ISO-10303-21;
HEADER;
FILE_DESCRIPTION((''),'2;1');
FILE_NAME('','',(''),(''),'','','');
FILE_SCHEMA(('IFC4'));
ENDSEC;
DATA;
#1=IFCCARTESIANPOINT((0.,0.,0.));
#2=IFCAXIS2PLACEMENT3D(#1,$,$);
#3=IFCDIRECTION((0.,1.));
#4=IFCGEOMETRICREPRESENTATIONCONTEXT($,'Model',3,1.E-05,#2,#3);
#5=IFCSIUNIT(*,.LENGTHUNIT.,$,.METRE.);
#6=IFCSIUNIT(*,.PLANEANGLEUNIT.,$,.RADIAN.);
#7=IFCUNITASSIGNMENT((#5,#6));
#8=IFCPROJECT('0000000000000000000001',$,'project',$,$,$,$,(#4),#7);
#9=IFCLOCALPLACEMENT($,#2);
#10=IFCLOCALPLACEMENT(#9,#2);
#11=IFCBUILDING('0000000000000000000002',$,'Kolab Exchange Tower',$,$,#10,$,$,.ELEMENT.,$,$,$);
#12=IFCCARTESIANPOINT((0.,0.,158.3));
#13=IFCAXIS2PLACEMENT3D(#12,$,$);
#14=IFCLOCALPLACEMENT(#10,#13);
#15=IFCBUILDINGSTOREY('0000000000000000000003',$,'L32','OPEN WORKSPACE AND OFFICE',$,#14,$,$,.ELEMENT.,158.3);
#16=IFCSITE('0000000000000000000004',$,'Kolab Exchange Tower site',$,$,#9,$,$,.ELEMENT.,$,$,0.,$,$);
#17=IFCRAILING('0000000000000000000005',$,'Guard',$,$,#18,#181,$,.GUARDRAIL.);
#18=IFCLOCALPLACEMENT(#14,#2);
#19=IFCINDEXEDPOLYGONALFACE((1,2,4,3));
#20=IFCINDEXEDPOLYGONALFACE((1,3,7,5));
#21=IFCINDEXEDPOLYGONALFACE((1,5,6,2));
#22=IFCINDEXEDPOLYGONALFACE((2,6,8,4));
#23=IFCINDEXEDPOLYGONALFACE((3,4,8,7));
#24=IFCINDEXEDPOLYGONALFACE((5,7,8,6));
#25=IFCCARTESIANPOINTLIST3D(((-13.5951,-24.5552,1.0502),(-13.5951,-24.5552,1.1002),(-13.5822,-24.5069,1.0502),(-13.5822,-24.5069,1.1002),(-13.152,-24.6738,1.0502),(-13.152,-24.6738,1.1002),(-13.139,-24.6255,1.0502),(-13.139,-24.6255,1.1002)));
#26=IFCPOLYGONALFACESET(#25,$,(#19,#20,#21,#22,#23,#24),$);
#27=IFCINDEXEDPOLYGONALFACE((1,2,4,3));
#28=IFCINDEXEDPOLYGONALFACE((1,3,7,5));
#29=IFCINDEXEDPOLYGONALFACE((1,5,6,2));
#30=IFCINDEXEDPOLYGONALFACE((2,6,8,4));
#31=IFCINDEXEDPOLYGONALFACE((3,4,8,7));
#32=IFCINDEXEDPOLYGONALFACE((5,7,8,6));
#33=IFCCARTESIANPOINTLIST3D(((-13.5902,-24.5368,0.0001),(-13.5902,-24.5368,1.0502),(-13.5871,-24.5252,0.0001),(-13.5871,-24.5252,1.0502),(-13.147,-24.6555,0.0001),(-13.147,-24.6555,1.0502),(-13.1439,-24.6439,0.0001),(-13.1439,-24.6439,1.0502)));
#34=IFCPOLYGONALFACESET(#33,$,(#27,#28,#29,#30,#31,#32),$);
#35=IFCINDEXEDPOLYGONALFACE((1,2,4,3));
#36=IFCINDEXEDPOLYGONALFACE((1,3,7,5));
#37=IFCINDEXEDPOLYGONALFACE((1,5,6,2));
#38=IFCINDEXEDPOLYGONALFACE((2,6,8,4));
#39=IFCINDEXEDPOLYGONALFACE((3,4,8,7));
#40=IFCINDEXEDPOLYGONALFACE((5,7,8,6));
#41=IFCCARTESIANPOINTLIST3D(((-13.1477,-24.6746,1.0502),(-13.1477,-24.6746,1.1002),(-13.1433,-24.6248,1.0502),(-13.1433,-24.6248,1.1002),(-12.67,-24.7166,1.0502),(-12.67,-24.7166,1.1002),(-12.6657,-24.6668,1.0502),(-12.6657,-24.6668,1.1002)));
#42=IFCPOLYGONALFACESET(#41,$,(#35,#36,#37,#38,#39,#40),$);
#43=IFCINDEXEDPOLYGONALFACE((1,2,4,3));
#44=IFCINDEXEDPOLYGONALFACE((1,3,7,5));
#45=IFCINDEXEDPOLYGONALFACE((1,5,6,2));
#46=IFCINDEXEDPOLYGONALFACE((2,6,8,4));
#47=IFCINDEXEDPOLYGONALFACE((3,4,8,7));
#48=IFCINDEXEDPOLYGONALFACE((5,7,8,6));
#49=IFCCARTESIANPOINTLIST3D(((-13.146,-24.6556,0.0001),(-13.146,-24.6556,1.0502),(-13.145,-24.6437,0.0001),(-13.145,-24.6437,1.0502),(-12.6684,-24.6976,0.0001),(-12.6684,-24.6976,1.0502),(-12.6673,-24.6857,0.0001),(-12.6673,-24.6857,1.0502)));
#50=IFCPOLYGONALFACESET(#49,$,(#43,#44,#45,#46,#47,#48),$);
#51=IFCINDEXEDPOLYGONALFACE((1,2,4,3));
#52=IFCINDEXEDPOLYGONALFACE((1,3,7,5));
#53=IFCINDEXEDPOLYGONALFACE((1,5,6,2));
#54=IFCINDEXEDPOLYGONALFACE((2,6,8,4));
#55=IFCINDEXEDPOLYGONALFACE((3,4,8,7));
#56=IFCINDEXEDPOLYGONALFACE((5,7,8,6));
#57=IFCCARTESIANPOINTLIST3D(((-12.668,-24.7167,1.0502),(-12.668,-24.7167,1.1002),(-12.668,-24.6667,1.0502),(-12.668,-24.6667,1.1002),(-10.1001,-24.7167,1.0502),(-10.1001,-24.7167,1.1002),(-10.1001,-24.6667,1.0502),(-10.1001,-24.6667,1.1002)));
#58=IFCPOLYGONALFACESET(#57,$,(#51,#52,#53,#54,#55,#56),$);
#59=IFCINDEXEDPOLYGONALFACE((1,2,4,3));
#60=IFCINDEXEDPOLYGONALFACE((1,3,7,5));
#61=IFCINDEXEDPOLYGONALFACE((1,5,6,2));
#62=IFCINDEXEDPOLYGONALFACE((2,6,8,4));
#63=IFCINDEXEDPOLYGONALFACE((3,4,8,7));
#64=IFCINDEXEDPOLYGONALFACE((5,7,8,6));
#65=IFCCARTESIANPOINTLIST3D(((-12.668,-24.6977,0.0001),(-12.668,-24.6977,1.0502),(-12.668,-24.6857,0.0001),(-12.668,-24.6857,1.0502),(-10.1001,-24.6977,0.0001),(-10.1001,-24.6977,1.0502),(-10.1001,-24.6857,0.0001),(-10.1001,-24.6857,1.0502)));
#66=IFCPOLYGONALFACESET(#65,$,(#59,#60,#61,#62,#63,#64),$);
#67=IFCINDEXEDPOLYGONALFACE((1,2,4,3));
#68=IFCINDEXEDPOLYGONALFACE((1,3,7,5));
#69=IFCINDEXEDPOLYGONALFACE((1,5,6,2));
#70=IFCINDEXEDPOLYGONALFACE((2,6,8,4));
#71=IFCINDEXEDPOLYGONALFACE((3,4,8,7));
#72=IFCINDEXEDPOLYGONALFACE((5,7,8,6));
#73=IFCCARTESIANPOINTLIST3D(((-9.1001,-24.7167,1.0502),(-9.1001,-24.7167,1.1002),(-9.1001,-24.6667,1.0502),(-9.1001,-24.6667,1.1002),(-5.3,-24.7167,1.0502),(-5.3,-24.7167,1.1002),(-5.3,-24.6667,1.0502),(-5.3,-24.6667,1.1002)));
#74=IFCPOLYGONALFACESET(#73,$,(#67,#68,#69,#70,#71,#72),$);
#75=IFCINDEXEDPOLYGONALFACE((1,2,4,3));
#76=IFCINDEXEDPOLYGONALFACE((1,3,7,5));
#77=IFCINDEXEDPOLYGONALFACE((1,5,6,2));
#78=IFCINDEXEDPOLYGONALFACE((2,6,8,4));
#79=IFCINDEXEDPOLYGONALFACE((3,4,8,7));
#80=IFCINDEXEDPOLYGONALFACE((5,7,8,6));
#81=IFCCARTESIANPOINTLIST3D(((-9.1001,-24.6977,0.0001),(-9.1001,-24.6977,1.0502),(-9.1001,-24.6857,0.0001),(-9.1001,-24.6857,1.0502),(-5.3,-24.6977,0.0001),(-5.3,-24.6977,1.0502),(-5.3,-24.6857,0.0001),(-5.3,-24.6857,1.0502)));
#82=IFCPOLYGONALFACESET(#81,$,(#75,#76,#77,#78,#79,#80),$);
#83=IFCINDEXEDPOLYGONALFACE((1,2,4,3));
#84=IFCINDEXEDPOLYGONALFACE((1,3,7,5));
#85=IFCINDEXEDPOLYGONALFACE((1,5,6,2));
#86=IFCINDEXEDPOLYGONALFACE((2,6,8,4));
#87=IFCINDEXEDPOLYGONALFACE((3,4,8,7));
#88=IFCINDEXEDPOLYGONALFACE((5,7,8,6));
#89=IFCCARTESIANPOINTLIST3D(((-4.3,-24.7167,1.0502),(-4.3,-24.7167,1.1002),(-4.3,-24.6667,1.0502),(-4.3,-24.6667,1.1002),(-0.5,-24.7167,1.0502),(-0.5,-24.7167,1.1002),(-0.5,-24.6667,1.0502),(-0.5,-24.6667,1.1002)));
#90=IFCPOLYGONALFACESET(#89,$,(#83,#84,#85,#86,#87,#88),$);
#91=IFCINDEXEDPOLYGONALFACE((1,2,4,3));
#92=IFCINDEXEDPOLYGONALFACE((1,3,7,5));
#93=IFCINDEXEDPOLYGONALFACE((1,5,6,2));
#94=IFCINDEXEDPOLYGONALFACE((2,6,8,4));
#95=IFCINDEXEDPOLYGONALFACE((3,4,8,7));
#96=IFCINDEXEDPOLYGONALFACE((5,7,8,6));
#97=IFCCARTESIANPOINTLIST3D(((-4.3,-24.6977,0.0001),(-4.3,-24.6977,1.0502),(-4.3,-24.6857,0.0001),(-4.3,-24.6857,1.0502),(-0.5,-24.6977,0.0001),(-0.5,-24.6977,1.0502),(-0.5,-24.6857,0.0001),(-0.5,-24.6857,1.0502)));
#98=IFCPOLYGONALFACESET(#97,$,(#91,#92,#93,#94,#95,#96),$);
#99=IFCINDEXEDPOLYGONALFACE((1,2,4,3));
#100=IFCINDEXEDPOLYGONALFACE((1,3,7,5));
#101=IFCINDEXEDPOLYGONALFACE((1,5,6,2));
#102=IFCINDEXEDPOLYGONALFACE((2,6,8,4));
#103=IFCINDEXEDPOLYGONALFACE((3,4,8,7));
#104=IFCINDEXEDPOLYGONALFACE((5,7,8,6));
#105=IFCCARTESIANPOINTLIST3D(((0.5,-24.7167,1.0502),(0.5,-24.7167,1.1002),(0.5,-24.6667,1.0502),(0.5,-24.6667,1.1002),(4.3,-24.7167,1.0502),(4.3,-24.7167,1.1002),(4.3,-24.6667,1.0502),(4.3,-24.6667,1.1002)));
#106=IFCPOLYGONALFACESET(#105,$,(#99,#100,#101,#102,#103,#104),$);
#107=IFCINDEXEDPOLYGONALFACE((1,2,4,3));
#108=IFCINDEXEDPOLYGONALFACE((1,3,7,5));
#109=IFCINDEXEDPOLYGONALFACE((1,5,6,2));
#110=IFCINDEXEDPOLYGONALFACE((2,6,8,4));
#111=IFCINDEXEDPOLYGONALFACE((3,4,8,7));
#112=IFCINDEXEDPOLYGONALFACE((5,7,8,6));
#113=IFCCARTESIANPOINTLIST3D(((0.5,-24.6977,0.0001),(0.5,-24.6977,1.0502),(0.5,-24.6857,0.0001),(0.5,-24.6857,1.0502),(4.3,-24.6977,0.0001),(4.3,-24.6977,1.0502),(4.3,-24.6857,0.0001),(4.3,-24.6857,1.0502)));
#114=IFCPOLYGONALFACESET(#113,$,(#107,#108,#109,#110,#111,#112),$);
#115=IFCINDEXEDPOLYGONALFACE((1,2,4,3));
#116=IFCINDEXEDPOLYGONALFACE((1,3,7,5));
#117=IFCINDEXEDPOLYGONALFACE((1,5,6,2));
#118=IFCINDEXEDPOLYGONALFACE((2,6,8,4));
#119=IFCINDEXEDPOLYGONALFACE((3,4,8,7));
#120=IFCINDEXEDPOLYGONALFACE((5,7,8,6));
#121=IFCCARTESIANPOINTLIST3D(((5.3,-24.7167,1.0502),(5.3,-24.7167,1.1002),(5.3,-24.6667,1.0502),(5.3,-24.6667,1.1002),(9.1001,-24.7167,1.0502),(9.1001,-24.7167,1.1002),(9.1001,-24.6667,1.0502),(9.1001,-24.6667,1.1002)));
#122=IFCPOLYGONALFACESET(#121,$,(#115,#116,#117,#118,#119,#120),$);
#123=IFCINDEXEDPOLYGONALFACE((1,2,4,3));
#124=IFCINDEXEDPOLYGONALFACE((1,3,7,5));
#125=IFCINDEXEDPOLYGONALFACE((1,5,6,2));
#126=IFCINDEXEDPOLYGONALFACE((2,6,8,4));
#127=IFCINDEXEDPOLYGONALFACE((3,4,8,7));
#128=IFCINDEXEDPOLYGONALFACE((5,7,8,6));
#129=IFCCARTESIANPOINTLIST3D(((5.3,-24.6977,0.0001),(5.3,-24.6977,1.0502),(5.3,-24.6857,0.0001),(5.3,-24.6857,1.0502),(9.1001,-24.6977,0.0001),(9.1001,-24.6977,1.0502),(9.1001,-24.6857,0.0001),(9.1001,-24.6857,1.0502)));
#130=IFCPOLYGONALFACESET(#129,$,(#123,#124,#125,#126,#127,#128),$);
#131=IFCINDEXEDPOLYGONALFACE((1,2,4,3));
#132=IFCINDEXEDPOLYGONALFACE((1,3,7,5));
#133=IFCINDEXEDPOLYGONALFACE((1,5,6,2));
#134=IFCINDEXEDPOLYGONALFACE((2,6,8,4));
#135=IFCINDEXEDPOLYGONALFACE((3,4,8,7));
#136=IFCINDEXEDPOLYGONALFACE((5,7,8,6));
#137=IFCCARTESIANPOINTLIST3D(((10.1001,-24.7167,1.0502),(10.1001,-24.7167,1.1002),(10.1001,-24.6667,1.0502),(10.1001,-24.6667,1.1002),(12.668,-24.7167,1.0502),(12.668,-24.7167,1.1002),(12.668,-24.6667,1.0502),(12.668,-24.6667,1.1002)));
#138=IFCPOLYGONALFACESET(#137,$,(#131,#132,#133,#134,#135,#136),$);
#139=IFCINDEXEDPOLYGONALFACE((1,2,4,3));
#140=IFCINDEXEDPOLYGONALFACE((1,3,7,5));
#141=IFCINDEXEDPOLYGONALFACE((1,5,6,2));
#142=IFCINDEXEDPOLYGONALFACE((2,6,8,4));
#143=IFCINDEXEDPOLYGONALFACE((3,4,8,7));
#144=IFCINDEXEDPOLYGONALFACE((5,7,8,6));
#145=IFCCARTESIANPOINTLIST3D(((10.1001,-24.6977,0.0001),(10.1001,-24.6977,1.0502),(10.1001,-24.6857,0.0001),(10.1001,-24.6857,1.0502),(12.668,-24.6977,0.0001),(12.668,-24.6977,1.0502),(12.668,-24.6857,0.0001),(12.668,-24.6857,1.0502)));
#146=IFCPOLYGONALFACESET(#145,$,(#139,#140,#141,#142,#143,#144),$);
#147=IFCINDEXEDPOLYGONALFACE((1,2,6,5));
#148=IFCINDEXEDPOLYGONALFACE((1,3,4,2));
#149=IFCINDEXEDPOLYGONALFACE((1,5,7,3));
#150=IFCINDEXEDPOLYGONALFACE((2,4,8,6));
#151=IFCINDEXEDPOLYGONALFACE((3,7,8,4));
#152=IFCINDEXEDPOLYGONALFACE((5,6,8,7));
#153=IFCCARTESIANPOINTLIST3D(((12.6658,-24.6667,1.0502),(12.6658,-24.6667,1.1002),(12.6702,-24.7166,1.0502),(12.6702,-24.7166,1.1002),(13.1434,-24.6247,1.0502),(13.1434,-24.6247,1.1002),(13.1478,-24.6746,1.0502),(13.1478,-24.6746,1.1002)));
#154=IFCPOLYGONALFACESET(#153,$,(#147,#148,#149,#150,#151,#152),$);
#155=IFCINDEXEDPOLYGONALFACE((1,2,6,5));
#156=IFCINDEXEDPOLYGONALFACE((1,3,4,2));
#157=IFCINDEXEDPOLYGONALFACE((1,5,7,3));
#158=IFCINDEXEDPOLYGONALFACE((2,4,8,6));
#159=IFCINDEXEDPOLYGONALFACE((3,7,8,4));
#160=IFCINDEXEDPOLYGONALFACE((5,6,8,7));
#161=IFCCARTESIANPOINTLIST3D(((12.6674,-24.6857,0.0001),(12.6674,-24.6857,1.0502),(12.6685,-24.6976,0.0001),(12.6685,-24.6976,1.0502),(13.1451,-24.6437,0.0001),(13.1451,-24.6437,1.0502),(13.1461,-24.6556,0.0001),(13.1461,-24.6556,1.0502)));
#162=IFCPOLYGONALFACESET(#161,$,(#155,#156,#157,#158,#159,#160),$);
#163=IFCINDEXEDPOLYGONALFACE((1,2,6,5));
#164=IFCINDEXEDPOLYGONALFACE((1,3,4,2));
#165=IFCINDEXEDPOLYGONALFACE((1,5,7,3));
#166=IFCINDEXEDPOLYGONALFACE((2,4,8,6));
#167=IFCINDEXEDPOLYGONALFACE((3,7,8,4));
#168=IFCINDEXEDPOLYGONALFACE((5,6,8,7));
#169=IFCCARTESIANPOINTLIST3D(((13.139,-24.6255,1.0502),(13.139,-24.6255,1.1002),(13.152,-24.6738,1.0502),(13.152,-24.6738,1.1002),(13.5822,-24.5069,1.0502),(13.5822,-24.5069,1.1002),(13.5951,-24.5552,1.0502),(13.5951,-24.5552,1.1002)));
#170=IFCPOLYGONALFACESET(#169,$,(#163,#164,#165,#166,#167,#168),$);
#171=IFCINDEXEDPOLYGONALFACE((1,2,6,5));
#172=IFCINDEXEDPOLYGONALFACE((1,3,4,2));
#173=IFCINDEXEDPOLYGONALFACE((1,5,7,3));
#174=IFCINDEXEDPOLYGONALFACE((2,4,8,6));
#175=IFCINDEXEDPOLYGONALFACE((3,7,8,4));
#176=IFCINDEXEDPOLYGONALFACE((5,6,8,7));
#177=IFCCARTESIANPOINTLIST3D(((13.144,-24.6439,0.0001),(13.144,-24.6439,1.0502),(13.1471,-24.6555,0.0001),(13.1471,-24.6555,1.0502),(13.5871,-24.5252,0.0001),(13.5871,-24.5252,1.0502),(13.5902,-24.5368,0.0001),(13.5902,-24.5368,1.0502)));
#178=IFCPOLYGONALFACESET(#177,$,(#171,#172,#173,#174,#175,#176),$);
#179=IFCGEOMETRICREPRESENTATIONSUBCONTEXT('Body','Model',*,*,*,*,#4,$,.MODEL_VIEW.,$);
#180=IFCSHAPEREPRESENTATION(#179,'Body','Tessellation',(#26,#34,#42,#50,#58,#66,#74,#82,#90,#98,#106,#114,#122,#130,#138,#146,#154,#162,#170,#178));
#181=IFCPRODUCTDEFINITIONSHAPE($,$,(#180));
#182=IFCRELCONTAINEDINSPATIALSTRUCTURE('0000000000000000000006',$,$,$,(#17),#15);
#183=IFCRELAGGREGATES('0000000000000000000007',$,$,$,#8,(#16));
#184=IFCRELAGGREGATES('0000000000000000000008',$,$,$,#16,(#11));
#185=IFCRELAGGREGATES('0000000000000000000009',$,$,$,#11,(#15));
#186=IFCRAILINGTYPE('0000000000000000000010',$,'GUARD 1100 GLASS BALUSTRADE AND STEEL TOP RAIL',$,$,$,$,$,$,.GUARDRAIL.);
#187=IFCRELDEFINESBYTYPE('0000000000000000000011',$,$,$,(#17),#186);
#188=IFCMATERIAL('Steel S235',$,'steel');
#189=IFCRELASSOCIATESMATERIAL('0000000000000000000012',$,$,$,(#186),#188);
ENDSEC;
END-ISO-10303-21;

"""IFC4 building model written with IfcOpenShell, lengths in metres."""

from ifc_helpers import new_model, si_unit, direction, frame, frame_2d, origin, origin_2d, place, context, subcontext, project, spatial, rectangle, extrude, material, type_object, element, save


model = new_model("IFC4")

# Units and contexts
model_context = context("Model", 3, precision=1e-05, world=origin(), true_north=direction((0.0, 1.0)))
body_context = subcontext(model_context, "Body", "Model", "MODEL_VIEW")
ifc_project = project(units=[si_unit("LENGTHUNIT", "METRE"), si_unit("PLANEANGLEUNIT", "RADIAN")], contexts=[model_context])

# Site, building, storey
site_placement = place(None, origin())
site = spatial("IfcSite", under=ifc_project, at=site_placement, Name="Kolab Exchange Tower site", CompositionType="ELEMENT", RefElevation=0.0)
building_placement = place(site_placement, origin())
building = spatial("IfcBuilding", under=site, at=building_placement, Name="Kolab Exchange Tower", CompositionType="ELEMENT")
storey_placement = place(building_placement, frame((0.0, 0.0, 158.3)))
storey = spatial("IfcBuildingStorey", under=building, at=storey_placement, Name="L32", Description="OPEN WORKSPACE AND OFFICE", CompositionType="ELEMENT", Elevation=158.3)

# Railing
ifc_material_1 = material(Name="Steel S235", Category="steel")
railing_type = type_object("IfcRailingType", Name="GUARD 1100 GLASS BALUSTRADE AND STEEL TOP RAIL", PredefinedType="GUARDRAIL", material=ifc_material_1)
railing_placement = place(storey_placement, frame((-13.5886, -24.531, 0.0)))
element("IfcRailing", 1, at=railing_placement, inside=storey, type_object=railing_type, Name="Guard", PredefinedType="GUARDRAIL", context=body_context, shape_type="SweptSolid", body=[
    extrude(rectangle(XDim=0.05, YDim=0.05, at=origin_2d()), frame((0.0, 0.0, 1.0752), z_axis=(0.965969, -0.258656, 0.0), x_axis=(0.258656, 0.965969, 0.0)), (0.0, 0.0, 1.0), 0.4587),
    extrude(rectangle(XDim=0.012, YDim=1.0501, at=frame_2d((0.0, 0.5251))), frame((0.0, 0.0, 0.0), z_axis=(0.965969, -0.258656, 0.0), x_axis=(0.258656, 0.965969, 0.0)), (0.0, 0.0, 1.0), 0.4587),
    extrude(rectangle(XDim=0.05, YDim=0.05, at=origin_2d()), frame((0.4431, -0.1187, 1.0752), z_axis=(0.996156, -0.087597, 0.0), x_axis=(0.087597, 0.996156, 0.0)), (0.0, 0.0, 1.0), 0.4795),
    extrude(rectangle(XDim=0.012, YDim=1.0501, at=frame_2d((0.0, 0.5251))), frame((0.4431, -0.1187, 0.0), z_axis=(0.996156, -0.087597, 0.0), x_axis=(0.087597, 0.996156, 0.0)), (0.0, 0.0, 1.0), 0.4795),
    extrude(rectangle(XDim=0.05, YDim=0.05, at=origin_2d()), frame((0.9207, -0.1606, 1.0752), z_axis=(1.0, 0.0, 0.0), x_axis=(0.0, 1.0, 0.0)), (0.0, 0.0, 1.0), 2.5679),
    extrude(rectangle(XDim=0.012, YDim=1.0501, at=frame_2d((0.0, 0.5251))), frame((0.9207, -0.1606, 0.0), z_axis=(1.0, 0.0, 0.0), x_axis=(0.0, 1.0, 0.0)), (0.0, 0.0, 1.0), 2.5679),
    extrude(rectangle(XDim=0.05, YDim=0.05, at=origin_2d()), frame((4.4885, -0.1606, 1.0752), z_axis=(1.0, 0.0, 0.0), x_axis=(0.0, 1.0, 0.0)), (0.0, 0.0, 1.0), 3.8),
    extrude(rectangle(XDim=0.012, YDim=1.0501, at=frame_2d((0.0, 0.5251))), frame((4.4885, -0.1606, 0.0), z_axis=(1.0, 0.0, 0.0), x_axis=(0.0, 1.0, 0.0)), (0.0, 0.0, 1.0), 3.8),
    extrude(rectangle(XDim=0.05, YDim=0.05, at=origin_2d()), frame((9.2886, -0.1606, 1.0752), z_axis=(1.0, 0.0, 0.0), x_axis=(0.0, 1.0, 0.0)), (0.0, 0.0, 1.0), 3.8),
    extrude(rectangle(XDim=0.012, YDim=1.0501, at=frame_2d((0.0, 0.5251))), frame((9.2886, -0.1606, 0.0), z_axis=(1.0, 0.0, 0.0), x_axis=(0.0, 1.0, 0.0)), (0.0, 0.0, 1.0), 3.8),
    extrude(rectangle(XDim=0.05, YDim=0.05, at=origin_2d()), frame((14.0886, -0.1606, 1.0752), z_axis=(1.0, 0.0, 0.0), x_axis=(0.0, 1.0, 0.0)), (0.0, 0.0, 1.0), 3.8),
    extrude(rectangle(XDim=0.012, YDim=1.0501, at=frame_2d((0.0, 0.5251))), frame((14.0886, -0.1606, 0.0), z_axis=(1.0, 0.0, 0.0), x_axis=(0.0, 1.0, 0.0)), (0.0, 0.0, 1.0), 3.8),
    extrude(rectangle(XDim=0.05, YDim=0.05, at=origin_2d()), frame((18.8887, -0.1606, 1.0752), z_axis=(1.0, 0.0, 0.0), x_axis=(0.0, 1.0, 0.0)), (0.0, 0.0, 1.0), 3.8),
    extrude(rectangle(XDim=0.012, YDim=1.0501, at=frame_2d((0.0, 0.5251))), frame((18.8887, -0.1606, 0.0), z_axis=(1.0, 0.0, 0.0), x_axis=(0.0, 1.0, 0.0)), (0.0, 0.0, 1.0), 3.8),
    extrude(rectangle(XDim=0.05, YDim=0.05, at=origin_2d()), frame((23.6887, -0.1606, 1.0752), z_axis=(1.0, 0.0, 0.0), x_axis=(0.0, 1.0, 0.0)), (0.0, 0.0, 1.0), 2.5679),
    extrude(rectangle(XDim=0.012, YDim=1.0501, at=frame_2d((0.0, 0.5251))), frame((23.6887, -0.1606, 0.0), z_axis=(1.0, 0.0, 0.0), x_axis=(0.0, 1.0, 0.0)), (0.0, 0.0, 1.0), 2.5679),
    extrude(rectangle(XDim=0.05, YDim=0.05, at=origin_2d()), frame((26.2566, -0.1606, 1.0752), z_axis=(0.996156, 0.087597, 0.0), x_axis=(-0.087597, 0.996156, 0.0)), (0.0, 0.0, 1.0), 0.4795),
    extrude(rectangle(XDim=0.012, YDim=1.0501, at=frame_2d((0.0, 0.5251))), frame((26.2566, -0.1606, 0.0), z_axis=(0.996156, 0.087597, 0.0), x_axis=(-0.087597, 0.996156, 0.0)), (0.0, 0.0, 1.0), 0.4795),
    extrude(rectangle(XDim=0.05, YDim=0.05, at=origin_2d()), frame((26.7341, -0.1187, 1.0752), z_axis=(0.965969, 0.258656, 0.0), x_axis=(-0.258656, 0.965969, 0.0)), (0.0, 0.0, 1.0), 0.4587),
    extrude(rectangle(XDim=0.012, YDim=1.0501, at=frame_2d((0.0, 0.5251))), frame((26.7341, -0.1187, 0.0), z_axis=(0.965969, 0.258656, 0.0), x_axis=(-0.258656, 0.965969, 0.0)), (0.0, 0.0, 1.0), 0.4587),
])

save(model, "model.ifc")
